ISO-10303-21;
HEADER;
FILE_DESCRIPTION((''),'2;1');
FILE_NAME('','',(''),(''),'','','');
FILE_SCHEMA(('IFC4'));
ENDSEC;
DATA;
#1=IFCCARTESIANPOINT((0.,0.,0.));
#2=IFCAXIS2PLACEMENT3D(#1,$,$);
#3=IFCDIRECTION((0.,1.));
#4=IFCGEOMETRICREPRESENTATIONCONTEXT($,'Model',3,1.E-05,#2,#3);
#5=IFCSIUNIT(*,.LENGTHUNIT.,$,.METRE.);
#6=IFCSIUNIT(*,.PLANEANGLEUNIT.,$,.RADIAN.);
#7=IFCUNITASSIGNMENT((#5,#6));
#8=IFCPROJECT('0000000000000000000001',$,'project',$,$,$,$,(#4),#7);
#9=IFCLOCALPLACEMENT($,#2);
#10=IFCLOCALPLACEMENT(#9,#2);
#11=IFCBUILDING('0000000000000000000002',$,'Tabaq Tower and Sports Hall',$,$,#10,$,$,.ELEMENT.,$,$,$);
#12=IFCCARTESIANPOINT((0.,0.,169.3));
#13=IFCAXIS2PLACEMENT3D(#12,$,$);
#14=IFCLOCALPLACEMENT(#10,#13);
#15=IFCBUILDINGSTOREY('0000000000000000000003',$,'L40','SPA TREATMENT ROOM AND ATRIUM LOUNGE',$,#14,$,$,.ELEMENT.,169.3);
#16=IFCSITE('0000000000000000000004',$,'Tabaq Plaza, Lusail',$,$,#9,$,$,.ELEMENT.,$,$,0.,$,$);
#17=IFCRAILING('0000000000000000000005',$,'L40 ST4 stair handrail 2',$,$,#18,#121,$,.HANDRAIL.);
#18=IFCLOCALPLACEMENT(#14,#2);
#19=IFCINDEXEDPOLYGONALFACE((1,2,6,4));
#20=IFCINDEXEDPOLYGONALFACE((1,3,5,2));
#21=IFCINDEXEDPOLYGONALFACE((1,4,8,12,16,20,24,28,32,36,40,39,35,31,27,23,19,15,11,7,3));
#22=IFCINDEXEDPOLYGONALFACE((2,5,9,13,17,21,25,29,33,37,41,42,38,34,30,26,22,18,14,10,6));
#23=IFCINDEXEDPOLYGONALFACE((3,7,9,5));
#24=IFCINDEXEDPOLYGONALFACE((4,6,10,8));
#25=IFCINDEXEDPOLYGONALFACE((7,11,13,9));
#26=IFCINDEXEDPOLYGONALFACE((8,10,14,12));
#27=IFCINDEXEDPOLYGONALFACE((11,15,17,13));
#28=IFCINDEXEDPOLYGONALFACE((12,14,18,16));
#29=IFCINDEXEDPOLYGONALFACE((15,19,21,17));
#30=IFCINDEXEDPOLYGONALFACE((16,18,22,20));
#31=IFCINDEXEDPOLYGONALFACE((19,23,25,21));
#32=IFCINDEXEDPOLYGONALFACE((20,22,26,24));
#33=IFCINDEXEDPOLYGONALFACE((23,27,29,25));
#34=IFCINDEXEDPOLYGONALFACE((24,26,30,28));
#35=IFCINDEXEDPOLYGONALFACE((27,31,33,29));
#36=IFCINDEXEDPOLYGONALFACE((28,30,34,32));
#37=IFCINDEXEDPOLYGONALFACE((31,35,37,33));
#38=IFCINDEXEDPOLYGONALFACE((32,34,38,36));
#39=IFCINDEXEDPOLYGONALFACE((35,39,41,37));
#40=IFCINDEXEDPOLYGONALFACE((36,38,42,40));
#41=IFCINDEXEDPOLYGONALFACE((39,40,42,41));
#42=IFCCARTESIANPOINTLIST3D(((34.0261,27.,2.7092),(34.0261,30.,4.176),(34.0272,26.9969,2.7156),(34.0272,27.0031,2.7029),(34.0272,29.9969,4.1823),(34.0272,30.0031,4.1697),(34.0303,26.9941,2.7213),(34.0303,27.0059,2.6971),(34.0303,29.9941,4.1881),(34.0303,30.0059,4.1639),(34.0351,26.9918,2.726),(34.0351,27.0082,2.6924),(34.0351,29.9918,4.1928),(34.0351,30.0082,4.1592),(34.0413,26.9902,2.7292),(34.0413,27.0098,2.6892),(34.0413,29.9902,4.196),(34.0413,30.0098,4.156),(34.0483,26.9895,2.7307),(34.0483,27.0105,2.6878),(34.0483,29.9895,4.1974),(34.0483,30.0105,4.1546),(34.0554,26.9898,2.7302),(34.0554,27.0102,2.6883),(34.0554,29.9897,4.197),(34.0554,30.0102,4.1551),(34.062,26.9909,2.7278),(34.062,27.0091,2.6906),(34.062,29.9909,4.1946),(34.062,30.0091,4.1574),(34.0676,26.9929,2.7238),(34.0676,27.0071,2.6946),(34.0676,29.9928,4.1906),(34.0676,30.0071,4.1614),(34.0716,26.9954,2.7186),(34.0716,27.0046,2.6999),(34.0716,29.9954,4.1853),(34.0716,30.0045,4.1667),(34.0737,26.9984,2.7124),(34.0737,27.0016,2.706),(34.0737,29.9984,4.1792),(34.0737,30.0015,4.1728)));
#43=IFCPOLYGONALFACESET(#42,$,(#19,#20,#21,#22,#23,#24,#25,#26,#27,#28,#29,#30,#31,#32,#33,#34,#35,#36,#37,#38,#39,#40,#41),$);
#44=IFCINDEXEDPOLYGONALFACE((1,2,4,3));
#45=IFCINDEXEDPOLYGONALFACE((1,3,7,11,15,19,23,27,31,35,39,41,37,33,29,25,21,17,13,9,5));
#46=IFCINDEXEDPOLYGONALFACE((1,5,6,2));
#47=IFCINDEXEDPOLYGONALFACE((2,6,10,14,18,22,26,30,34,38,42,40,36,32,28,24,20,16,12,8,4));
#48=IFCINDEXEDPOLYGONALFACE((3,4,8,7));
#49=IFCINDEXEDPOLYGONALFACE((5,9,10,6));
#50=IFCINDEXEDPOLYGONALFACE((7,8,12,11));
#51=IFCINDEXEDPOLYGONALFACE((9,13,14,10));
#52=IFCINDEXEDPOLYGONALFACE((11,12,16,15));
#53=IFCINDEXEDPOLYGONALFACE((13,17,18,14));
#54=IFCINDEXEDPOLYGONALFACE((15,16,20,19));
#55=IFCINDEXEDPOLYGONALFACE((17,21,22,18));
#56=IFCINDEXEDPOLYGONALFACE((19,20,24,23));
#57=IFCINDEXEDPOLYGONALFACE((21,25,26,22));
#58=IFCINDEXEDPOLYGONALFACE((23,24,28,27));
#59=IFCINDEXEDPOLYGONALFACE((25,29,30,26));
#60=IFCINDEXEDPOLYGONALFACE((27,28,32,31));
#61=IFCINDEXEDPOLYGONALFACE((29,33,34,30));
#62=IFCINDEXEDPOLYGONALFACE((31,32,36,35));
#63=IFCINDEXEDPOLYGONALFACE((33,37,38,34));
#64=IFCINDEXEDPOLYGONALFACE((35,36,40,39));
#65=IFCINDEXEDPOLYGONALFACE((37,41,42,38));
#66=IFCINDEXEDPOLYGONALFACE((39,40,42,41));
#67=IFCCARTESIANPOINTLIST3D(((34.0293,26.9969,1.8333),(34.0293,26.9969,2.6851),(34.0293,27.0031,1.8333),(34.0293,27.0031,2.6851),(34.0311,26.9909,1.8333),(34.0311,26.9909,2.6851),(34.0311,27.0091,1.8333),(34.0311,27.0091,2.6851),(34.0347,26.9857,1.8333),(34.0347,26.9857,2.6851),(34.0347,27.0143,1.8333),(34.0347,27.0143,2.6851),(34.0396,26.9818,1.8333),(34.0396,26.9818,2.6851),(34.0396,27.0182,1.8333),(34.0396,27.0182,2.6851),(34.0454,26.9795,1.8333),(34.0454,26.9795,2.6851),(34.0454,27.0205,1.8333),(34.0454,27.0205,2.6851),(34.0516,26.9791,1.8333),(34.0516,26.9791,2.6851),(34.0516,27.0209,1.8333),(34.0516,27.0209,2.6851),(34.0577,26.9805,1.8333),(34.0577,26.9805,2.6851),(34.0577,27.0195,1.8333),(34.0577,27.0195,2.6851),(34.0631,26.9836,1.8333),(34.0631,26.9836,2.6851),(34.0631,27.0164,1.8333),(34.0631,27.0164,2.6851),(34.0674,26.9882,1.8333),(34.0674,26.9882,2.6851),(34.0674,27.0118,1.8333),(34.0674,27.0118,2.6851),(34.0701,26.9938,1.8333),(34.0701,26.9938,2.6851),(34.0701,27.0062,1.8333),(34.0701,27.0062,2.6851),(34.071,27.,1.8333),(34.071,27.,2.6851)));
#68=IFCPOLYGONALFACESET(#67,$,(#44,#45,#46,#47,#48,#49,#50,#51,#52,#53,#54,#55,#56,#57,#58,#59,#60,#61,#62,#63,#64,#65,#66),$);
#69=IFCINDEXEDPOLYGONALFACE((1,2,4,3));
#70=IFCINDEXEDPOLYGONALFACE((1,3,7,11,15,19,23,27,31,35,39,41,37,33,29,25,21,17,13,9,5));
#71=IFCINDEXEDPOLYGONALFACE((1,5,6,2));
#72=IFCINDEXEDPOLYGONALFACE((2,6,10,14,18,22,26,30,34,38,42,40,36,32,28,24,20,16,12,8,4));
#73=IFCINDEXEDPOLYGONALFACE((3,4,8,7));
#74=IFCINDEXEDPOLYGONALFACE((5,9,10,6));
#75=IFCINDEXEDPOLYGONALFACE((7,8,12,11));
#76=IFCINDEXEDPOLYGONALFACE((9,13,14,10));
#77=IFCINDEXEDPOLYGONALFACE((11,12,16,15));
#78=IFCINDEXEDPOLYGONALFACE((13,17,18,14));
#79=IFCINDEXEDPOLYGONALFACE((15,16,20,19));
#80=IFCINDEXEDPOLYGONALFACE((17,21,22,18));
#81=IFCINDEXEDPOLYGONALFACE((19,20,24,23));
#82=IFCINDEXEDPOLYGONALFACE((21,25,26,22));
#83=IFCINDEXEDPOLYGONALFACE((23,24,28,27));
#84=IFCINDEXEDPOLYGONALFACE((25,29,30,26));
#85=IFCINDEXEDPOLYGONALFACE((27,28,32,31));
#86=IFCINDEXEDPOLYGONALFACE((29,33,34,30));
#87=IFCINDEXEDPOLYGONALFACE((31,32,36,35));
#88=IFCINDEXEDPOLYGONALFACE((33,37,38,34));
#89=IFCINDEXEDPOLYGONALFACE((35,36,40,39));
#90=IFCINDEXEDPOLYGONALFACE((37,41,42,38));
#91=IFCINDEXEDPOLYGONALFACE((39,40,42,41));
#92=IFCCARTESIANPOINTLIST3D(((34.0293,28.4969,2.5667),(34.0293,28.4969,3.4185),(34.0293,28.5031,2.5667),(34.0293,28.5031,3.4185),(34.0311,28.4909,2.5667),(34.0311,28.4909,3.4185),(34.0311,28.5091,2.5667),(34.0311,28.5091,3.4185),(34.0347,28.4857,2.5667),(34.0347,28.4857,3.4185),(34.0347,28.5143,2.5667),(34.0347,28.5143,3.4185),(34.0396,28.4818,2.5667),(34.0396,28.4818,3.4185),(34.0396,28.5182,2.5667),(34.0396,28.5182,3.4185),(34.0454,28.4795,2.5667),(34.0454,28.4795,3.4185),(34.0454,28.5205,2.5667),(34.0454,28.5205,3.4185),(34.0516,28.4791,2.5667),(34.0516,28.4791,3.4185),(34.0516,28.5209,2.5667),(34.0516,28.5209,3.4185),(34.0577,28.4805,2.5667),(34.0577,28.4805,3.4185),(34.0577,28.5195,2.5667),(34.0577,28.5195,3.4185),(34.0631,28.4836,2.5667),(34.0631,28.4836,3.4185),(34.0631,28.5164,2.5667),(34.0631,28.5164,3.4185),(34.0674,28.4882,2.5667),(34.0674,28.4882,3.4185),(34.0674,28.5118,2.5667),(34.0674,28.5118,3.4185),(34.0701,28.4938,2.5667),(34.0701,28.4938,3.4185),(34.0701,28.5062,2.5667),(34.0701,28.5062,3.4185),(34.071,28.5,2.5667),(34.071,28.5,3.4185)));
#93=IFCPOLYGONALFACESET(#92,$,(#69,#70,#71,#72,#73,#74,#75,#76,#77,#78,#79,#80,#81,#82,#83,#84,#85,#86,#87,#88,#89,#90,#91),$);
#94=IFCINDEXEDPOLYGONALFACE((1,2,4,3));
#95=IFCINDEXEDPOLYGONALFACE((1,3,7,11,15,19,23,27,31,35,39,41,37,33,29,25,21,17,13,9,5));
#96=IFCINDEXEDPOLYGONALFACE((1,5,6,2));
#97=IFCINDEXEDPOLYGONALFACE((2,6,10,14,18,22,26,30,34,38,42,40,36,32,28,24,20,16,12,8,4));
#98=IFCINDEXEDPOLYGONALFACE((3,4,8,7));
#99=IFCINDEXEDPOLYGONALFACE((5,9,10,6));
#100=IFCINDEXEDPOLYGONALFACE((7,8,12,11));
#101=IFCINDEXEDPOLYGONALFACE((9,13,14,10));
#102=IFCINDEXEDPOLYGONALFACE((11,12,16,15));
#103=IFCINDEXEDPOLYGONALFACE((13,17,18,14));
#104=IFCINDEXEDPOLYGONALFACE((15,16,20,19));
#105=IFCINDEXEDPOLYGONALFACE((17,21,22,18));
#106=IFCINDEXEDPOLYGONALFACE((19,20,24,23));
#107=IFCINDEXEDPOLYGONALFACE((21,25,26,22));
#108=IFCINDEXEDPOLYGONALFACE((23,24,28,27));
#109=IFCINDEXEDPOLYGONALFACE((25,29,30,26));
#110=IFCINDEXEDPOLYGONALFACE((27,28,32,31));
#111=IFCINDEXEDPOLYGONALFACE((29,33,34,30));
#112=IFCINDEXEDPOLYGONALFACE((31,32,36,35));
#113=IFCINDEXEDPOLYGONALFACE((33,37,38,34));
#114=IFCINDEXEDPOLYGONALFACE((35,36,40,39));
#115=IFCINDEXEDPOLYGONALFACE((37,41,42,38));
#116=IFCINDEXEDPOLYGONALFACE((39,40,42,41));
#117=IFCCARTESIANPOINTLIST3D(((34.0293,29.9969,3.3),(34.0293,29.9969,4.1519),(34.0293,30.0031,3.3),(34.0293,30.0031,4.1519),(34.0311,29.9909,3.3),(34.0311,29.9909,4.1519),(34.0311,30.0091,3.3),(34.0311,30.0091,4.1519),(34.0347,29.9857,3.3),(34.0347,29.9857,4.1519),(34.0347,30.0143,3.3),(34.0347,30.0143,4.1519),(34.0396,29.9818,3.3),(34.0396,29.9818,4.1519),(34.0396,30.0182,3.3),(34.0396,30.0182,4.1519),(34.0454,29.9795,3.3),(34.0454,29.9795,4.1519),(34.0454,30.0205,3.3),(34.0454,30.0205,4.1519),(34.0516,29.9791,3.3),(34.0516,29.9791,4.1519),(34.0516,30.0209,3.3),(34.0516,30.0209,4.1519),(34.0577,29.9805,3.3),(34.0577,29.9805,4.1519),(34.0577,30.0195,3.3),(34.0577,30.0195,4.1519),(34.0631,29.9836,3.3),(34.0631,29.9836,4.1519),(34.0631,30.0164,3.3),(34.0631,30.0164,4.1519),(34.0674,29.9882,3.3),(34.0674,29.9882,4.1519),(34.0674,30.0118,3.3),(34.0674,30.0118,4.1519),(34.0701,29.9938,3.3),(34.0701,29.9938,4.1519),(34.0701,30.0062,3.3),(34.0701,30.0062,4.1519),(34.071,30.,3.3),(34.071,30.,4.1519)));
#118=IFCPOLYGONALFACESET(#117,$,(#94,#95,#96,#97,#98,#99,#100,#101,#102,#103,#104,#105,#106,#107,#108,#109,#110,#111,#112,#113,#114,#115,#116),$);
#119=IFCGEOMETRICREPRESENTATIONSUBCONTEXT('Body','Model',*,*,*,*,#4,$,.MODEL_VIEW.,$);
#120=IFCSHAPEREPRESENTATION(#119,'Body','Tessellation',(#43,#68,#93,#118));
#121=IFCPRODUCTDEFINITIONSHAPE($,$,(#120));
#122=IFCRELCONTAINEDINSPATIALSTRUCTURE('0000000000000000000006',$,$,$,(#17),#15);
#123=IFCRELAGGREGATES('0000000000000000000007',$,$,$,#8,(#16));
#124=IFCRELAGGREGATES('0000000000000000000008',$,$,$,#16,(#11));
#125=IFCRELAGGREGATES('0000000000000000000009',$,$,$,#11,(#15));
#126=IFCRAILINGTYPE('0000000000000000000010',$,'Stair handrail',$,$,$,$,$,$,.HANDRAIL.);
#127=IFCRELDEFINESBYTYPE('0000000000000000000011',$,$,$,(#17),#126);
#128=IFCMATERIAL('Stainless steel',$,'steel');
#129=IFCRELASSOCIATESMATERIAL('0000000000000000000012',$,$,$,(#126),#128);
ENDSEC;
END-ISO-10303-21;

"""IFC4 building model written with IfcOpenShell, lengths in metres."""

from ifc_helpers import new_model, si_unit, direction, frame, origin, origin_2d, place, context, subcontext, project, spatial, circle, extrude, material, type_object, element, save


model = new_model("IFC4")

# Units and contexts
model_context = context("Model", 3, precision=1e-05, world=origin(), true_north=direction((0.0, 1.0)))
body_context = subcontext(model_context, "Body", "Model", "MODEL_VIEW")
ifc_project = project(units=[si_unit("LENGTHUNIT", "METRE"), si_unit("PLANEANGLEUNIT", "RADIAN")], contexts=[model_context])

# Site, building, storey
site_placement = place(None, origin())
site = spatial("IfcSite", under=ifc_project, at=site_placement, Name="Tabaq Plaza, Lusail", CompositionType="ELEMENT", RefElevation=0.0)
building_placement = place(site_placement, origin())
building = spatial("IfcBuilding", under=site, at=building_placement, Name="Tabaq Tower and Sports Hall", CompositionType="ELEMENT")
storey_placement = place(building_placement, frame((0.0, 0.0, 169.3)))
storey = spatial("IfcBuildingStorey", under=building, at=storey_placement, Name="L40", Description="SPA TREATMENT ROOM AND ATRIUM LOUNGE", CompositionType="ELEMENT", Elevation=169.3)

# Railing
ifc_material_1 = material(Name="Stainless steel", Category="steel")
railing_type_1 = type_object("IfcRailingType", Name="Stair handrail", PredefinedType="HANDRAIL", material=ifc_material_1)
railing_1_placement = place(storey_placement, frame((34.05, 27.0, 1.8333)))
element("IfcRailing", 1, at=railing_1_placement, inside=storey, type_object=railing_type_1, Name="L40 ST4 stair handrail 2", PredefinedType="HANDRAIL", context=body_context, shape_type="SweptSolid", body=[
    extrude(circle(Radius=0.0239, at=origin_2d()), frame((0.0, 0.0, 0.876), z_axis=(0.0, 0.898369, 0.439242), x_axis=(-1.0, 0.0, 0.0)), (0.0, 0.0, 1.0), 3.3394),
    extrude(circle(Radius=0.021, at=origin_2d()), origin(), (0.0, 0.0, 1.0), 0.8518),
    extrude(circle(Radius=0.021, at=origin_2d()), frame((0.0, 1.5, 0.7334)), (0.0, 0.0, 1.0), 0.8518),
    extrude(circle(Radius=0.021, at=origin_2d()), frame((0.0, 3.0, 1.4668)), (0.0, 0.0, 1.0), 0.8518),
])

save(model, "model.ifc")
